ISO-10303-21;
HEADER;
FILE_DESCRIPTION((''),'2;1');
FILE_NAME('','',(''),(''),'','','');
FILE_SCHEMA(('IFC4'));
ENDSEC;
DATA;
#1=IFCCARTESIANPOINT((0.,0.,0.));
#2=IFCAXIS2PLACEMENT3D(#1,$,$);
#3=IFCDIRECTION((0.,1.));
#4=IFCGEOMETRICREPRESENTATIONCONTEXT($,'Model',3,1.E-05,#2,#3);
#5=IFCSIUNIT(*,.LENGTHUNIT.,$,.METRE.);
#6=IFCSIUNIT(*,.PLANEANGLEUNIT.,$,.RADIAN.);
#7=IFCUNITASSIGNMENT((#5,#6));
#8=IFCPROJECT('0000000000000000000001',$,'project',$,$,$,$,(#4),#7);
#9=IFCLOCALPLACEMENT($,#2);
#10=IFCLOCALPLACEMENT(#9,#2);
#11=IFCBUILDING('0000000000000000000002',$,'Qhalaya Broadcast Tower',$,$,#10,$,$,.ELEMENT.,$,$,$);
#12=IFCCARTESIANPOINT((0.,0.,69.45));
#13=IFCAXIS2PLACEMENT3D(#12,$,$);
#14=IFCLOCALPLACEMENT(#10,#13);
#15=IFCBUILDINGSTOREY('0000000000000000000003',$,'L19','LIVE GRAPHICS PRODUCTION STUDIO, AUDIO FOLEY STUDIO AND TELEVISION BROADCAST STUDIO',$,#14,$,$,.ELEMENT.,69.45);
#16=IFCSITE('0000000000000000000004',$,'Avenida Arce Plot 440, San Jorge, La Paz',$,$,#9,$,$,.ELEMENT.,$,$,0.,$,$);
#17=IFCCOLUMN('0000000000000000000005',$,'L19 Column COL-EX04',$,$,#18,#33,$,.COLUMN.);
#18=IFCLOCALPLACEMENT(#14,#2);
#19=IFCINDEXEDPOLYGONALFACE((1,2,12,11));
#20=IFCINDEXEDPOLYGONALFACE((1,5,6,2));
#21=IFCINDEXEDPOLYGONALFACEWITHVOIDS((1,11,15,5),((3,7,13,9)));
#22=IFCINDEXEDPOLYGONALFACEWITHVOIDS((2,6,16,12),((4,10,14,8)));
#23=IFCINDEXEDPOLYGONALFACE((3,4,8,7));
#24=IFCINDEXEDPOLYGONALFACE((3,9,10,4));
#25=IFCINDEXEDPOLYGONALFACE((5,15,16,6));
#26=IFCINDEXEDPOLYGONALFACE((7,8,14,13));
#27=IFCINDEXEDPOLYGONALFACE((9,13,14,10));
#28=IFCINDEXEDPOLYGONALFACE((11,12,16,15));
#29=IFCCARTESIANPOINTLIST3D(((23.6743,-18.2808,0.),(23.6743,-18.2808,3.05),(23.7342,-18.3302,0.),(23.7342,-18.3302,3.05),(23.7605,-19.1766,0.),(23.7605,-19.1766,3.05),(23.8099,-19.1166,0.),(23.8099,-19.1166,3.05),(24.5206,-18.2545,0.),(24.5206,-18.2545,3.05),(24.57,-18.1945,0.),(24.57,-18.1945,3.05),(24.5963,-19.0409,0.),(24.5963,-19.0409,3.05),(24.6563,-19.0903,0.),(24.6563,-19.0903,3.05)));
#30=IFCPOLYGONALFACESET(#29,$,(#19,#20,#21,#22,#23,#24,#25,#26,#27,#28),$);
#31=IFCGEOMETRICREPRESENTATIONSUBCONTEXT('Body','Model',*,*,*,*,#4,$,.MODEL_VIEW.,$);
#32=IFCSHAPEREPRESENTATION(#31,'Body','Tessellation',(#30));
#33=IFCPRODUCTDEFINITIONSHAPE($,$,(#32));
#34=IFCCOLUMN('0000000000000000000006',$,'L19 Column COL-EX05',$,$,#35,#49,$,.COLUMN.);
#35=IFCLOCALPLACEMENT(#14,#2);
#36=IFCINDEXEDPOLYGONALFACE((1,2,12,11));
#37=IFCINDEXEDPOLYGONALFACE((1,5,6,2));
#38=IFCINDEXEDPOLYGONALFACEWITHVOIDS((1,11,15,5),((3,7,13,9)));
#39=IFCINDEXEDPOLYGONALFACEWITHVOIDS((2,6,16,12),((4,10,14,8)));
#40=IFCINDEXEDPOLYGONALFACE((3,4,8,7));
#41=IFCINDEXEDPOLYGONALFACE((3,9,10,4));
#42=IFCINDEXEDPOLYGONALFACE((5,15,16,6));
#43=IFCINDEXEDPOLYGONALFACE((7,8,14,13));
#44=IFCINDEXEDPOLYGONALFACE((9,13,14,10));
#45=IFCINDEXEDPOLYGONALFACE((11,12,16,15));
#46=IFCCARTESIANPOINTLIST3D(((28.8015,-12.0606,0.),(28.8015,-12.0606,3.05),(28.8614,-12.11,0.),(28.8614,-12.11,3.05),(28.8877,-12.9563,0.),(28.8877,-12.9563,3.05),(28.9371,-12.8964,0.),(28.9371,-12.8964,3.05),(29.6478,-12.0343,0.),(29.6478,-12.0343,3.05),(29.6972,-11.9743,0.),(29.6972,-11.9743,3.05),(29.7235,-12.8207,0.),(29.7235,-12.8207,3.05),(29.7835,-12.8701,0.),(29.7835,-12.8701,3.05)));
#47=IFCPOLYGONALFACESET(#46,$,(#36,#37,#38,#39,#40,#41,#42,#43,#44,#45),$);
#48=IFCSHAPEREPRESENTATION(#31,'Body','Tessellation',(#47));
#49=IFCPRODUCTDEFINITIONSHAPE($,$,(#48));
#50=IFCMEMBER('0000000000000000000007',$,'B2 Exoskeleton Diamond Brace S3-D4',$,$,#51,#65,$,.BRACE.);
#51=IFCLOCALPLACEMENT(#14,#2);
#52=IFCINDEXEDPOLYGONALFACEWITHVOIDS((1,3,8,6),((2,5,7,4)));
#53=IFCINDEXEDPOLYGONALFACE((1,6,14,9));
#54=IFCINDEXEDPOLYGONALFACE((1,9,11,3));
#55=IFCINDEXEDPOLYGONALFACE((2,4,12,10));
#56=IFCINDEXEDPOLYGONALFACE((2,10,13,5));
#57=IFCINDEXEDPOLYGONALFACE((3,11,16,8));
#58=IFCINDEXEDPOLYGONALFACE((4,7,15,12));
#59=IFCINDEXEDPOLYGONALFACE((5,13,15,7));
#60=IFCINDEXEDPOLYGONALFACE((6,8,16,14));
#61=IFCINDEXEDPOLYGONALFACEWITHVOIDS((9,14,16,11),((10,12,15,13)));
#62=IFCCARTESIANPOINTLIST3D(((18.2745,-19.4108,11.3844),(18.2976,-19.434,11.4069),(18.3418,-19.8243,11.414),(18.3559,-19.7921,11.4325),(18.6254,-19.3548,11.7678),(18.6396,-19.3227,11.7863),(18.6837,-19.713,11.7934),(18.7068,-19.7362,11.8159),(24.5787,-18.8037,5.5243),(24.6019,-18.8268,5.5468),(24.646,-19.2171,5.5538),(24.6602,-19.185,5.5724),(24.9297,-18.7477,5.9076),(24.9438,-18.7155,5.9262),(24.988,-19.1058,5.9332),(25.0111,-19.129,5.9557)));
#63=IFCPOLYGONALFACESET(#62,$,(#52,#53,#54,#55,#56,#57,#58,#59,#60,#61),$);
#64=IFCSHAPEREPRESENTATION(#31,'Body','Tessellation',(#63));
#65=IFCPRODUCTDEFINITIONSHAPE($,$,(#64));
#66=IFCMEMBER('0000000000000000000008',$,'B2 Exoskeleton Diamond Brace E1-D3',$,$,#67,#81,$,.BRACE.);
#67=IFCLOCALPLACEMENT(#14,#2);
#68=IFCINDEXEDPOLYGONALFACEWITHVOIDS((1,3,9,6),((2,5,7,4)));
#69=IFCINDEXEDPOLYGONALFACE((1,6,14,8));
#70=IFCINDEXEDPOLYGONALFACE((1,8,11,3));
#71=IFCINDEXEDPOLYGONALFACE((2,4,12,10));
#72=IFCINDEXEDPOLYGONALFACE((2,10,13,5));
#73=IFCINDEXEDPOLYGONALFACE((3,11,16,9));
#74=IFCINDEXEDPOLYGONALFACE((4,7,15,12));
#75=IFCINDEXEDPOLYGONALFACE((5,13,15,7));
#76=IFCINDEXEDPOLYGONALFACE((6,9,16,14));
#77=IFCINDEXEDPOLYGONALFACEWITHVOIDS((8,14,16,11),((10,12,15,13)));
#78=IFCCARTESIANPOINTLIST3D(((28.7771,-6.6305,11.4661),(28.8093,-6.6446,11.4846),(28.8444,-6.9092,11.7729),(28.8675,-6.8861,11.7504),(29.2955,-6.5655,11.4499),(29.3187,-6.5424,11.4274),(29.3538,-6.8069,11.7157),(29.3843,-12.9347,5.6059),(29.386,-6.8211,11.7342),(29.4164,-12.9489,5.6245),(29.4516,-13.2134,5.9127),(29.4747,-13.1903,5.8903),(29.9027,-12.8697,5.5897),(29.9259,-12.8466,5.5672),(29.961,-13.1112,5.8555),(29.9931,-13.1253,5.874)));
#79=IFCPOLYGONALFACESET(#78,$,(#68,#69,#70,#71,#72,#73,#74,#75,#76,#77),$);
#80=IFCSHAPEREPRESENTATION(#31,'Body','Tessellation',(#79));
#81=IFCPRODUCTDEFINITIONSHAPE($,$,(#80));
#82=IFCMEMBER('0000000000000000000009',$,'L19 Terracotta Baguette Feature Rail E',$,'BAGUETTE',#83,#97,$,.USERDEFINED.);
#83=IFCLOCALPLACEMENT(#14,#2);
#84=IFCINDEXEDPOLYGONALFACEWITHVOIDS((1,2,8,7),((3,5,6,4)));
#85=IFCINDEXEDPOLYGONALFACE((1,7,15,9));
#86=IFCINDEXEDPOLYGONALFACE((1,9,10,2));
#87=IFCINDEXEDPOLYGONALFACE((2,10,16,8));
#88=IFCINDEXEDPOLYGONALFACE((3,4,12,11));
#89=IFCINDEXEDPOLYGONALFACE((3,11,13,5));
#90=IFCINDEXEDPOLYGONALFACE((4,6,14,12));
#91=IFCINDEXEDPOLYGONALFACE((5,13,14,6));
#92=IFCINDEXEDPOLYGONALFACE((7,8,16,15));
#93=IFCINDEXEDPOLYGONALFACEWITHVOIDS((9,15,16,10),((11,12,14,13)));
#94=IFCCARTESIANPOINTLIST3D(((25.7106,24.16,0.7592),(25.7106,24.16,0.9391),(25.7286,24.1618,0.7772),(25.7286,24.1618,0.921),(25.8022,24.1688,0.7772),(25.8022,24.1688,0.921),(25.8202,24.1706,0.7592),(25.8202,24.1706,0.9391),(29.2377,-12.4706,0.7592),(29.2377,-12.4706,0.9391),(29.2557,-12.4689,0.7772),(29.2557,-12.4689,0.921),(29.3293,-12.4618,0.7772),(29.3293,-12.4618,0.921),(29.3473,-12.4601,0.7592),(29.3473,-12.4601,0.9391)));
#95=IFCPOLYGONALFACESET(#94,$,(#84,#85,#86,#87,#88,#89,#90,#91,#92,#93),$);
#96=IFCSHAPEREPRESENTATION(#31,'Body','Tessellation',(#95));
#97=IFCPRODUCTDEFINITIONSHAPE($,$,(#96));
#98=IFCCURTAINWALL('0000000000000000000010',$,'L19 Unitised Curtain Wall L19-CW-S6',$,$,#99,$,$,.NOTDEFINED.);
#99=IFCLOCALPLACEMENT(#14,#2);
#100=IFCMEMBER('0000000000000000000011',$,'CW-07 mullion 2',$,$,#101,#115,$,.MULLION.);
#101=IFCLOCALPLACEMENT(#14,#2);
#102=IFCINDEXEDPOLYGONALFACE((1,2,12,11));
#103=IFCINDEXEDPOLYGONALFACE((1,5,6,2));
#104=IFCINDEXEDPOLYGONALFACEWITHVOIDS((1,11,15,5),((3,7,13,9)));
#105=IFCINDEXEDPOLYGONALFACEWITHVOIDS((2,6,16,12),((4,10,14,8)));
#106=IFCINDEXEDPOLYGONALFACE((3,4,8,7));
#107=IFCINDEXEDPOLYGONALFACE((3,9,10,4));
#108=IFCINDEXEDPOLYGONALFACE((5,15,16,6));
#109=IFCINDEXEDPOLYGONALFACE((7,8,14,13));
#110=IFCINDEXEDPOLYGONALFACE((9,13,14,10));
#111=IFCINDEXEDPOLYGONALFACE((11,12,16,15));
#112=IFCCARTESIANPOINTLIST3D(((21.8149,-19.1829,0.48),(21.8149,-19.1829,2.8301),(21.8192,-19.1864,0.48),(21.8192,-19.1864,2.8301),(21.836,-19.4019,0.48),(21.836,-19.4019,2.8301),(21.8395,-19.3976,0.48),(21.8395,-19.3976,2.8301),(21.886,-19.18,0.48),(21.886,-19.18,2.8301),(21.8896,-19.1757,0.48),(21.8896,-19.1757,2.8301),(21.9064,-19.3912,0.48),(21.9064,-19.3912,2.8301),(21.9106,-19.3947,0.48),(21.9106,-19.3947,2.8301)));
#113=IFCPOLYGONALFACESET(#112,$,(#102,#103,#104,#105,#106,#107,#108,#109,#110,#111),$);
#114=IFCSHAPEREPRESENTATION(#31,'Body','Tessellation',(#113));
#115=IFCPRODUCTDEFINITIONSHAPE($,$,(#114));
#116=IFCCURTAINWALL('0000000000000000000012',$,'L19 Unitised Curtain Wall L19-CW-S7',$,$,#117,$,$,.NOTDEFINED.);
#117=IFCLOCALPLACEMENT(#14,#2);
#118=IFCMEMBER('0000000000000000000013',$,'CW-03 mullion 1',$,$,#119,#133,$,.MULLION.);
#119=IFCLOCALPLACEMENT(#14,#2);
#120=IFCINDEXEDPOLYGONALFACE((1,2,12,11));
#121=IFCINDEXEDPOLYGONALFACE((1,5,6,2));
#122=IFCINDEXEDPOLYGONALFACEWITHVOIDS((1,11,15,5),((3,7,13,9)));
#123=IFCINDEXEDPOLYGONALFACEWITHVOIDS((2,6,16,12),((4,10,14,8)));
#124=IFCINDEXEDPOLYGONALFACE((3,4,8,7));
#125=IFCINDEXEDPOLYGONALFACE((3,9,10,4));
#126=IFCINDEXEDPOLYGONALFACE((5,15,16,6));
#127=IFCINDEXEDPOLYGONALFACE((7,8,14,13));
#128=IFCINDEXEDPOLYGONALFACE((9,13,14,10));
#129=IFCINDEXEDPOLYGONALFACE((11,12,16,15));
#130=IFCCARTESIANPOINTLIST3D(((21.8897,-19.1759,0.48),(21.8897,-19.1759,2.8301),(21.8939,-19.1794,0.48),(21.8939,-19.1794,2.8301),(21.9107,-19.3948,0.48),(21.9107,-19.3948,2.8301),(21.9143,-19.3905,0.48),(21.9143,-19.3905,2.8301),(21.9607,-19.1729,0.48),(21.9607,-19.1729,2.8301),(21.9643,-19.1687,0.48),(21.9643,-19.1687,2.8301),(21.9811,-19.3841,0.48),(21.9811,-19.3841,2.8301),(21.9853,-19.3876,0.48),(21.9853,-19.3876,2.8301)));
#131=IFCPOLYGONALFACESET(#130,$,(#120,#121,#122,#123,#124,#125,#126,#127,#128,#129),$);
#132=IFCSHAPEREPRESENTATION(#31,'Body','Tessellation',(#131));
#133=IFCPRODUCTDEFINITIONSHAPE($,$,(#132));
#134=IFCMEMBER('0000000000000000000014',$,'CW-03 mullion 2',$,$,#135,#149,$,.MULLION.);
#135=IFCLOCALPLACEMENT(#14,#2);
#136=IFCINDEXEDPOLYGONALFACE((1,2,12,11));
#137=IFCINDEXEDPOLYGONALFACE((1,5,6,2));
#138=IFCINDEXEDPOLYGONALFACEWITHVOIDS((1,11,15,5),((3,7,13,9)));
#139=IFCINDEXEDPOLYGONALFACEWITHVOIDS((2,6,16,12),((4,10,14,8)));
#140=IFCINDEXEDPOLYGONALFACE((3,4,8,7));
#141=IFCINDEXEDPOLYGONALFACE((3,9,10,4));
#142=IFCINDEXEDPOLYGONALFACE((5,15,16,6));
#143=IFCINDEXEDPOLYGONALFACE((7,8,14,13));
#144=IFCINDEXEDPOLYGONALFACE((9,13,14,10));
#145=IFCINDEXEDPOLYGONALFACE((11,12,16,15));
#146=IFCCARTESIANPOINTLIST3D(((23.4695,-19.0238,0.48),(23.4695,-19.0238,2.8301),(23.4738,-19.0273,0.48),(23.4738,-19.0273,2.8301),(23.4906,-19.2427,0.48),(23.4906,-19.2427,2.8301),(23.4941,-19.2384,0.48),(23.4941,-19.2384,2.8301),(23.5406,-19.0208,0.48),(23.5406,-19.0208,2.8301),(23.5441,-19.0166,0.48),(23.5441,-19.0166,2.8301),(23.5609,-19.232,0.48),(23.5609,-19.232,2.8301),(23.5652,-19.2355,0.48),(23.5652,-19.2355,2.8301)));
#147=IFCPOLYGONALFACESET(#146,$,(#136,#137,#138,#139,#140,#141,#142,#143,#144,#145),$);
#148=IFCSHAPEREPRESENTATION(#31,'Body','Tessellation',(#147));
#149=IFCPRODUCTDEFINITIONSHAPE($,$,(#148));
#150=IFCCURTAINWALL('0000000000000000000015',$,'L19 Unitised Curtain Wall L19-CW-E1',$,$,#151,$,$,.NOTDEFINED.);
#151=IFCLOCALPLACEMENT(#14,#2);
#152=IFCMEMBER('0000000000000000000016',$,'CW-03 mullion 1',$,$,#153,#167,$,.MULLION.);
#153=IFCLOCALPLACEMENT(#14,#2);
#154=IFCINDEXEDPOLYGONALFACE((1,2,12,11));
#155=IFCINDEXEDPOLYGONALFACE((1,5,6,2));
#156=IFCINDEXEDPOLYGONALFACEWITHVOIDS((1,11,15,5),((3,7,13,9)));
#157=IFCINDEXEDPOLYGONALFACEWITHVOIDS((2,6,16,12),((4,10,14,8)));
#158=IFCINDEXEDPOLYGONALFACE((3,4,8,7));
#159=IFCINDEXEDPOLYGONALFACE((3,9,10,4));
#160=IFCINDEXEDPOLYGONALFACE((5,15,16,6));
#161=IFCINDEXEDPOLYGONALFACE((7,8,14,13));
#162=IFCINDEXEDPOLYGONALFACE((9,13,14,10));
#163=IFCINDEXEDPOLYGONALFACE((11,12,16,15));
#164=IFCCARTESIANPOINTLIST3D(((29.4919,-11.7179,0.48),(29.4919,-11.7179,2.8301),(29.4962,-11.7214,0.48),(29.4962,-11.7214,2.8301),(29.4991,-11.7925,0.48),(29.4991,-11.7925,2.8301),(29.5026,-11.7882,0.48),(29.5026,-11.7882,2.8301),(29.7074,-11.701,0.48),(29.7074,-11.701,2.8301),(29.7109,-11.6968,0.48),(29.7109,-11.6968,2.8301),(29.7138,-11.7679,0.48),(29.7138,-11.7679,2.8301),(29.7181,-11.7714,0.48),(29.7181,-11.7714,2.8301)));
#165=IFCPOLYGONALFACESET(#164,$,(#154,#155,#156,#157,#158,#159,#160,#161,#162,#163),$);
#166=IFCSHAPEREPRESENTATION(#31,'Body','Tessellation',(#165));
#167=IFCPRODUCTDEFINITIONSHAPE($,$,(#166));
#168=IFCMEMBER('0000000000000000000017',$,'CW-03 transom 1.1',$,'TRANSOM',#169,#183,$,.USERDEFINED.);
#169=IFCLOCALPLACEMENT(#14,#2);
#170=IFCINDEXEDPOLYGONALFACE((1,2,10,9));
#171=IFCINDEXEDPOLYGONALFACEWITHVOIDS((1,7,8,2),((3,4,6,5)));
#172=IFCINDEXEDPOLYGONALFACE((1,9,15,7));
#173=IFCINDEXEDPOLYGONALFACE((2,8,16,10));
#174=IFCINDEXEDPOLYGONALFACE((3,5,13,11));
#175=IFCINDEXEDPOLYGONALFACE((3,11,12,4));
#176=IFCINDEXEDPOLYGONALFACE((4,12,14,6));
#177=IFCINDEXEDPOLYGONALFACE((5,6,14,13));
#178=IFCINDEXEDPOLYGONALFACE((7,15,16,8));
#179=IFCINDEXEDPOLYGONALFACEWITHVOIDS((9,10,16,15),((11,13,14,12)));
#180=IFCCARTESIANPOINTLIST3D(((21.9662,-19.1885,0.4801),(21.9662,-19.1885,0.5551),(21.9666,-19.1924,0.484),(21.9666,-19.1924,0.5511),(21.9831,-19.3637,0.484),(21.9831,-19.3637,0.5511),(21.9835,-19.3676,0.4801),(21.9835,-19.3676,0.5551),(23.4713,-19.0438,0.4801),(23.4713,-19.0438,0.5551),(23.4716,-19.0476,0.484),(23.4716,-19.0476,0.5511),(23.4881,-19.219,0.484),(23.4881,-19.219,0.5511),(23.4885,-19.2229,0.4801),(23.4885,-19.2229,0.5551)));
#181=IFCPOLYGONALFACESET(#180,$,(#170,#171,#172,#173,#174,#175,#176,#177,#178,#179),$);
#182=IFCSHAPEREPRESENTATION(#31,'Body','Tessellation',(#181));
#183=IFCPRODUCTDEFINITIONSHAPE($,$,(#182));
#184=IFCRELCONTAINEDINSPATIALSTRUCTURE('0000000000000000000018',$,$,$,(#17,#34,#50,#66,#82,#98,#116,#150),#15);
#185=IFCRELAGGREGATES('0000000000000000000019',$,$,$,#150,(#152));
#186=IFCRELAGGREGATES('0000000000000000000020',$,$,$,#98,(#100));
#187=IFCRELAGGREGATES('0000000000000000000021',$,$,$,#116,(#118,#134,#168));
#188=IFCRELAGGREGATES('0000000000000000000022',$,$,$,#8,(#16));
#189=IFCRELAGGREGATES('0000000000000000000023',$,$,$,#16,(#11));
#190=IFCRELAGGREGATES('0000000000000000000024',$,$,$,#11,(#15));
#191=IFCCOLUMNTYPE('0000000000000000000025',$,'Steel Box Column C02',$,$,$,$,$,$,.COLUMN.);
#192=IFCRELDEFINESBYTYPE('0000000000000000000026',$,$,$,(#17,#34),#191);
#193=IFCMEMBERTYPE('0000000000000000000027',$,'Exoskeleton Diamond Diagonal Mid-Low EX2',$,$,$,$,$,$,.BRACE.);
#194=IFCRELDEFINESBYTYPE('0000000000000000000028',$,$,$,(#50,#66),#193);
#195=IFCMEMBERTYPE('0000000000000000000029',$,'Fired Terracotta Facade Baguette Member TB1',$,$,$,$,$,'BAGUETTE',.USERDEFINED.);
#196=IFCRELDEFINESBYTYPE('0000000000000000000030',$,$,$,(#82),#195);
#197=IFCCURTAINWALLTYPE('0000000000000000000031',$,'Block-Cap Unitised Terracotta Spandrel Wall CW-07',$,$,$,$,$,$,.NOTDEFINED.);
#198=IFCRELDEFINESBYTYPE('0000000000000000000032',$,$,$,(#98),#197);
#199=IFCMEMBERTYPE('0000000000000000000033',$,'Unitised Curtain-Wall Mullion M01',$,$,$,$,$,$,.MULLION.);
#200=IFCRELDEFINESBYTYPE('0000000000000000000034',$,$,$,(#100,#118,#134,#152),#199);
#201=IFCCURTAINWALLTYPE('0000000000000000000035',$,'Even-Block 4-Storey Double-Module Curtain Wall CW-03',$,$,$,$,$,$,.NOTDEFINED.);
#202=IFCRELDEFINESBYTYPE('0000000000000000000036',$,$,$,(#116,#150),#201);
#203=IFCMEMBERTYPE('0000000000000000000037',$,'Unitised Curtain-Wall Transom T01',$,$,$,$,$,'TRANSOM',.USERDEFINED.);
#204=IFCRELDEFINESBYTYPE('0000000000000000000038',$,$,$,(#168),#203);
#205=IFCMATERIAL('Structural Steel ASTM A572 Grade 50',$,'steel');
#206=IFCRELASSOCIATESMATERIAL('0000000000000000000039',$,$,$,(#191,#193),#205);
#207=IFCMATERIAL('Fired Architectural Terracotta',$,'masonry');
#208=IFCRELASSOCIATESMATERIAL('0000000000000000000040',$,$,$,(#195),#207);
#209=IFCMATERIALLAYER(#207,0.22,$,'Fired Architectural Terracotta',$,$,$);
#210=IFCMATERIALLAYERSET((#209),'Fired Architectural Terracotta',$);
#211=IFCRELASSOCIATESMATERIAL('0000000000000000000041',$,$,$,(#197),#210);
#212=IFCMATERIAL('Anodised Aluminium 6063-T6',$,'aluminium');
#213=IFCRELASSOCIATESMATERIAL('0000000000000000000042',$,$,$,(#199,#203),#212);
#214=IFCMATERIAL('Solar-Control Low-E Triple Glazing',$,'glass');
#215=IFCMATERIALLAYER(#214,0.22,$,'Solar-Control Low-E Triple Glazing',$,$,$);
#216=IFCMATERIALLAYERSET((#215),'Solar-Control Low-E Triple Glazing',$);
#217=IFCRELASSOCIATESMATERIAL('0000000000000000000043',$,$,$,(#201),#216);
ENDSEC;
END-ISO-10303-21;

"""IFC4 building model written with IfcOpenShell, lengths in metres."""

from ifc_helpers import new_model, si_unit, direction, frame, origin, origin_2d, place, context, subcontext, project, spatial, hollow_rectangle, extrude, material, layer, layer_set, material_profile, profile_set, type_object, element, aggregate, save


model = new_model("IFC4")

# Units and contexts
model_context = context("Model", 3, precision=1e-05, world=origin(), true_north=direction((0.0, 1.0)))
body_context = subcontext(model_context, "Body", "Model", "MODEL_VIEW")
ifc_project = project(units=[si_unit("LENGTHUNIT", "METRE"), si_unit("PLANEANGLEUNIT", "RADIAN")], contexts=[model_context])

# Site, building, storey
site_placement = place(None, origin())
site = spatial("IfcSite", under=ifc_project, at=site_placement, Name="Avenida Arce Plot 440, San Jorge, La Paz", CompositionType="ELEMENT", RefElevation=0.0)
building_placement = place(site_placement, origin())
building = spatial("IfcBuilding", under=site, at=building_placement, Name="Qhalaya Broadcast Tower", CompositionType="ELEMENT")
storey_placement = place(building_placement, frame((0.0, 0.0, 69.45)))
storey = spatial("IfcBuildingStorey", under=building, at=storey_placement, Name="L19", Description="LIVE GRAPHICS PRODUCTION STUDIO, AUDIO FOLEY STUDIO AND TELEVISION BROADCAST STUDIO", CompositionType="ELEMENT", Elevation=69.45)

# Columns
ifc_material_1 = material(Name="Structural Steel ASTM A572 Grade 50", Category="steel")
ifc_material_profile_1 = material_profile(ifc_material_1, hollow_rectangle(XDim=0.8999, YDim=0.8999, WallThickness=0.0549, at=origin_2d()), Name="BOX 900x900x55")
ifc_profile_set_1 = profile_set([ifc_material_profile_1], Name="Structural Steel ASTM A572 Grade 50")
column_type = type_object("IfcColumnType", Name="Steel Box Column C02", PredefinedType="COLUMN", material=ifc_profile_set_1)
for number, where, z_axis, x_axis, name in (
    (1, (24.1653, -18.6855, 0.0), (0.0, 0.0, 1.0), (0.995396, 0.095846, 0.0), "L19 Column COL-EX04"),
    (2, (29.2925, -12.4653, 0.0), (0.0, 0.0, 1.0), (-0.095846, 0.995396, 0.0), "L19 Column COL-EX05"),
):
    element("IfcColumn", number, at=place(storey_placement, frame(where, z_axis=z_axis, x_axis=x_axis)), inside=storey, type_object=column_type, Name=name, PredefinedType="COLUMN", context=body_context, shape_type="SweptSolid", body=[
        extrude(hollow_rectangle(XDim=0.8999, YDim=0.8999, WallThickness=0.0549, at=origin_2d()), origin(), (0.0, 0.0, 1.0), 3.05),
    ])

# Members
ifc_material_profile_2 = material_profile(ifc_material_1, hollow_rectangle(XDim=0.4199, YDim=0.55, WallThickness=0.0281, at=origin_2d()), Name="BOX 420x550x28")
ifc_profile_set_2 = profile_set([ifc_material_profile_2], Name="Structural Steel ASTM A572 Grade 50")
member_type_1 = type_object("IfcMemberType", Name="Exoskeleton Diamond Diagonal Mid-Low EX2", PredefinedType="BRACE", material=ifc_profile_set_2)
for number, where, z_axis, x_axis, name in (
    (3, (24.7949, -18.9663, 5.74), (-0.730618, -0.070368, 0.679151), (0.160222, -0.984571, 0.070351), "B2 Exoskeleton Diamond Brace S3-D4"),
    (4, (29.6887, -13.03, 5.74), (-0.070368, 0.730618, 0.679151), (0.160214, -0.663721, 0.73062), "B2 Exoskeleton Diamond Brace E1-D3"),
):
    element("IfcMember", number, at=place(storey_placement, frame(where, z_axis=z_axis, x_axis=x_axis)), inside=storey, type_object=member_type_1, Name=name, PredefinedType="BRACE", context=body_context, shape_type="SweptSolid", body=[
        extrude(hollow_rectangle(XDim=0.4199, YDim=0.55, WallThickness=0.0281, at=origin_2d()), origin(), (0.0, 0.0, 1.0), 8.6287),
    ])
ifc_material_2 = material(Name="Fired Architectural Terracotta", Category="masonry")
ifc_material_profile_3 = material_profile(ifc_material_2, hollow_rectangle(XDim=0.1101, YDim=0.1799, WallThickness=0.0181, at=origin_2d()), Name="TB-BAG 110x180x18")
ifc_profile_set_3 = profile_set([ifc_material_profile_3], Name="Fired Architectural Terracotta")
member_type_2 = type_object("IfcMemberType", Name="Fired Terracotta Facade Baguette Member TB1", ElementType="BAGUETTE", PredefinedType="USERDEFINED", material=ifc_profile_set_3)
member_1_placement = place(storey_placement, frame((29.2925, -12.4653, 0.8491), z_axis=(-0.095845, 0.995396, 0.0), x_axis=(-0.995396, -0.095845, 0.0)))
element("IfcMember", 5, at=member_1_placement, inside=storey, type_object=member_type_2, Name="L19 Terracotta Baguette Feature Rail E", ObjectType="BAGUETTE", PredefinedType="USERDEFINED", context=body_context, shape_type="SweptSolid", body=[
    extrude(hollow_rectangle(XDim=0.1101, YDim=0.1799, WallThickness=0.0181, at=origin_2d()), origin(), (0.0, 0.0, 1.0), 36.8),
])

# Curtain wall, member
ifc_layer_1 = layer(ifc_material_2, 0.22, Name="Fired Architectural Terracotta")
ifc_layer_set_1 = layer_set([ifc_layer_1], Name="Fired Architectural Terracotta")
curtain_wall_type_1 = type_object("IfcCurtainWallType", Name="Block-Cap Unitised Terracotta Spandrel Wall CW-07", PredefinedType="NOTDEFINED", material=ifc_layer_set_1)
curtain_wall_1_placement = place(storey_placement, origin())
curtain_wall_1 = element("IfcCurtainWall", 6, at=curtain_wall_1_placement, inside=storey, type_object=curtain_wall_type_1, Name="L19 Unitised Curtain Wall L19-CW-S6", PredefinedType="NOTDEFINED")
ifc_material_3 = material(Name="Anodised Aluminium 6063-T6", Category="aluminium")
ifc_material_profile_4 = material_profile(ifc_material_3, hollow_rectangle(XDim=0.075, YDim=0.22, WallThickness=0.0039, at=origin_2d()), Name="ALU-MUL 75x220x4")
ifc_profile_set_4 = profile_set([ifc_material_profile_4], Name="Anodised Aluminium 6063-T6")
member_type_3 = type_object("IfcMemberType", Name="Unitised Curtain-Wall Mullion M01", PredefinedType="MULLION", material=ifc_profile_set_4)
member_2_placement = place(storey_placement, frame((21.8628, -19.2888, 0.48), z_axis=(0.0, 0.0, 1.0), x_axis=(0.995396, 0.09585, 0.0)))
member_2 = element("IfcMember", 7, at=member_2_placement, type_object=member_type_3, Name="CW-07 mullion 2", PredefinedType="MULLION", context=body_context, shape_type="SweptSolid", body=[
    extrude(hollow_rectangle(XDim=0.075, YDim=0.22, WallThickness=0.0039, at=origin_2d()), origin(), (0.0, 0.0, 1.0), 2.3501),
])

# Curtain wall, members
ifc_material_4 = material(Name="Solar-Control Low-E Triple Glazing", Category="glass")
ifc_layer_2 = layer(ifc_material_4, 0.22, Name="Solar-Control Low-E Triple Glazing")
ifc_layer_set_2 = layer_set([ifc_layer_2], Name="Solar-Control Low-E Triple Glazing")
curtain_wall_type_2 = type_object("IfcCurtainWallType", Name="Even-Block 4-Storey Double-Module Curtain Wall CW-03", PredefinedType="NOTDEFINED", material=ifc_layer_set_2)
curtain_wall_2_placement = place(storey_placement, origin())
curtain_wall_2 = element("IfcCurtainWall", 8, at=curtain_wall_2_placement, inside=storey, type_object=curtain_wall_type_2, Name="L19 Unitised Curtain Wall L19-CW-S7", PredefinedType="NOTDEFINED")
member_3_placement = place(storey_placement, frame((21.9375, -19.2817, 0.48), z_axis=(0.0, 0.0, 1.0), x_axis=(0.995396, 0.095845, 0.0)))
member_3 = element("IfcMember", 9, at=member_3_placement, type_object=member_type_3, Name="CW-03 mullion 1", PredefinedType="MULLION", context=body_context, shape_type="SweptSolid", body=[
    extrude(hollow_rectangle(XDim=0.075, YDim=0.22, WallThickness=0.0039, at=origin_2d()), origin(), (0.0, 0.0, 1.0), 2.3501),
])
member_4_placement = place(storey_placement, frame((23.5173, -19.1296, 0.48), z_axis=(0.0, 0.0, 1.0), x_axis=(0.995396, 0.095845, 0.0)))
member_4 = element("IfcMember", 10, at=member_4_placement, type_object=member_type_3, Name="CW-03 mullion 2", PredefinedType="MULLION", context=body_context, shape_type="SweptSolid", body=[
    extrude(hollow_rectangle(XDim=0.075, YDim=0.22, WallThickness=0.0039, at=origin_2d()), origin(), (0.0, 0.0, 1.0), 2.3501),
])

# Curtain wall, member
curtain_wall_3_placement = place(storey_placement, origin())
curtain_wall_3 = element("IfcCurtainWall", 11, at=curtain_wall_3_placement, inside=storey, type_object=curtain_wall_type_2, Name="L19 Unitised Curtain Wall L19-CW-E1", PredefinedType="NOTDEFINED")
member_5_placement = place(storey_placement, frame((29.605, -11.7446, 0.48), z_axis=(0.0, 0.0, 1.0), x_axis=(-0.095835, 0.995397, 0.0)))
member_5 = element("IfcMember", 12, at=member_5_placement, type_object=member_type_3, Name="CW-03 mullion 1", PredefinedType="MULLION", context=body_context, shape_type="SweptSolid", body=[
    extrude(hollow_rectangle(XDim=0.075, YDim=0.22, WallThickness=0.0039, at=origin_2d()), origin(), (0.0, 0.0, 1.0), 2.3501),
])

# Member
ifc_material_profile_5 = material_profile(ifc_material_3, hollow_rectangle(XDim=0.075, YDim=0.1799, WallThickness=0.0039, at=origin_2d()), Name="ALU-TRN 75x180x4")
ifc_profile_set_5 = profile_set([ifc_material_profile_5], Name="Anodised Aluminium 6063-T6")
member_type_4 = type_object("IfcMemberType", Name="Unitised Curtain-Wall Transom T01", ElementType="TRANSOM", PredefinedType="USERDEFINED", material=ifc_profile_set_5)
member_6_placement = place(storey_placement, frame((21.9749, -19.2781, 0.5176), z_axis=(0.995406, 0.095746, 0.0), x_axis=(0.0, 0.0, 1.0)))
member_6 = element("IfcMember", 13, at=member_6_placement, type_object=member_type_4, Name="CW-03 transom 1.1", ObjectType="TRANSOM", PredefinedType="USERDEFINED", context=body_context, shape_type="SweptSolid", body=[
    extrude(hollow_rectangle(XDim=0.075, YDim=0.1799, WallThickness=0.0039, at=origin_2d()), origin(), (0.0, 0.0, 1.0), 1.512),
])
aggregate(curtain_wall_3, [member_5])

aggregate(curtain_wall_1, [member_2])
aggregate(curtain_wall_2, [member_3, member_4, member_6])

save(model, "model.ifc")
